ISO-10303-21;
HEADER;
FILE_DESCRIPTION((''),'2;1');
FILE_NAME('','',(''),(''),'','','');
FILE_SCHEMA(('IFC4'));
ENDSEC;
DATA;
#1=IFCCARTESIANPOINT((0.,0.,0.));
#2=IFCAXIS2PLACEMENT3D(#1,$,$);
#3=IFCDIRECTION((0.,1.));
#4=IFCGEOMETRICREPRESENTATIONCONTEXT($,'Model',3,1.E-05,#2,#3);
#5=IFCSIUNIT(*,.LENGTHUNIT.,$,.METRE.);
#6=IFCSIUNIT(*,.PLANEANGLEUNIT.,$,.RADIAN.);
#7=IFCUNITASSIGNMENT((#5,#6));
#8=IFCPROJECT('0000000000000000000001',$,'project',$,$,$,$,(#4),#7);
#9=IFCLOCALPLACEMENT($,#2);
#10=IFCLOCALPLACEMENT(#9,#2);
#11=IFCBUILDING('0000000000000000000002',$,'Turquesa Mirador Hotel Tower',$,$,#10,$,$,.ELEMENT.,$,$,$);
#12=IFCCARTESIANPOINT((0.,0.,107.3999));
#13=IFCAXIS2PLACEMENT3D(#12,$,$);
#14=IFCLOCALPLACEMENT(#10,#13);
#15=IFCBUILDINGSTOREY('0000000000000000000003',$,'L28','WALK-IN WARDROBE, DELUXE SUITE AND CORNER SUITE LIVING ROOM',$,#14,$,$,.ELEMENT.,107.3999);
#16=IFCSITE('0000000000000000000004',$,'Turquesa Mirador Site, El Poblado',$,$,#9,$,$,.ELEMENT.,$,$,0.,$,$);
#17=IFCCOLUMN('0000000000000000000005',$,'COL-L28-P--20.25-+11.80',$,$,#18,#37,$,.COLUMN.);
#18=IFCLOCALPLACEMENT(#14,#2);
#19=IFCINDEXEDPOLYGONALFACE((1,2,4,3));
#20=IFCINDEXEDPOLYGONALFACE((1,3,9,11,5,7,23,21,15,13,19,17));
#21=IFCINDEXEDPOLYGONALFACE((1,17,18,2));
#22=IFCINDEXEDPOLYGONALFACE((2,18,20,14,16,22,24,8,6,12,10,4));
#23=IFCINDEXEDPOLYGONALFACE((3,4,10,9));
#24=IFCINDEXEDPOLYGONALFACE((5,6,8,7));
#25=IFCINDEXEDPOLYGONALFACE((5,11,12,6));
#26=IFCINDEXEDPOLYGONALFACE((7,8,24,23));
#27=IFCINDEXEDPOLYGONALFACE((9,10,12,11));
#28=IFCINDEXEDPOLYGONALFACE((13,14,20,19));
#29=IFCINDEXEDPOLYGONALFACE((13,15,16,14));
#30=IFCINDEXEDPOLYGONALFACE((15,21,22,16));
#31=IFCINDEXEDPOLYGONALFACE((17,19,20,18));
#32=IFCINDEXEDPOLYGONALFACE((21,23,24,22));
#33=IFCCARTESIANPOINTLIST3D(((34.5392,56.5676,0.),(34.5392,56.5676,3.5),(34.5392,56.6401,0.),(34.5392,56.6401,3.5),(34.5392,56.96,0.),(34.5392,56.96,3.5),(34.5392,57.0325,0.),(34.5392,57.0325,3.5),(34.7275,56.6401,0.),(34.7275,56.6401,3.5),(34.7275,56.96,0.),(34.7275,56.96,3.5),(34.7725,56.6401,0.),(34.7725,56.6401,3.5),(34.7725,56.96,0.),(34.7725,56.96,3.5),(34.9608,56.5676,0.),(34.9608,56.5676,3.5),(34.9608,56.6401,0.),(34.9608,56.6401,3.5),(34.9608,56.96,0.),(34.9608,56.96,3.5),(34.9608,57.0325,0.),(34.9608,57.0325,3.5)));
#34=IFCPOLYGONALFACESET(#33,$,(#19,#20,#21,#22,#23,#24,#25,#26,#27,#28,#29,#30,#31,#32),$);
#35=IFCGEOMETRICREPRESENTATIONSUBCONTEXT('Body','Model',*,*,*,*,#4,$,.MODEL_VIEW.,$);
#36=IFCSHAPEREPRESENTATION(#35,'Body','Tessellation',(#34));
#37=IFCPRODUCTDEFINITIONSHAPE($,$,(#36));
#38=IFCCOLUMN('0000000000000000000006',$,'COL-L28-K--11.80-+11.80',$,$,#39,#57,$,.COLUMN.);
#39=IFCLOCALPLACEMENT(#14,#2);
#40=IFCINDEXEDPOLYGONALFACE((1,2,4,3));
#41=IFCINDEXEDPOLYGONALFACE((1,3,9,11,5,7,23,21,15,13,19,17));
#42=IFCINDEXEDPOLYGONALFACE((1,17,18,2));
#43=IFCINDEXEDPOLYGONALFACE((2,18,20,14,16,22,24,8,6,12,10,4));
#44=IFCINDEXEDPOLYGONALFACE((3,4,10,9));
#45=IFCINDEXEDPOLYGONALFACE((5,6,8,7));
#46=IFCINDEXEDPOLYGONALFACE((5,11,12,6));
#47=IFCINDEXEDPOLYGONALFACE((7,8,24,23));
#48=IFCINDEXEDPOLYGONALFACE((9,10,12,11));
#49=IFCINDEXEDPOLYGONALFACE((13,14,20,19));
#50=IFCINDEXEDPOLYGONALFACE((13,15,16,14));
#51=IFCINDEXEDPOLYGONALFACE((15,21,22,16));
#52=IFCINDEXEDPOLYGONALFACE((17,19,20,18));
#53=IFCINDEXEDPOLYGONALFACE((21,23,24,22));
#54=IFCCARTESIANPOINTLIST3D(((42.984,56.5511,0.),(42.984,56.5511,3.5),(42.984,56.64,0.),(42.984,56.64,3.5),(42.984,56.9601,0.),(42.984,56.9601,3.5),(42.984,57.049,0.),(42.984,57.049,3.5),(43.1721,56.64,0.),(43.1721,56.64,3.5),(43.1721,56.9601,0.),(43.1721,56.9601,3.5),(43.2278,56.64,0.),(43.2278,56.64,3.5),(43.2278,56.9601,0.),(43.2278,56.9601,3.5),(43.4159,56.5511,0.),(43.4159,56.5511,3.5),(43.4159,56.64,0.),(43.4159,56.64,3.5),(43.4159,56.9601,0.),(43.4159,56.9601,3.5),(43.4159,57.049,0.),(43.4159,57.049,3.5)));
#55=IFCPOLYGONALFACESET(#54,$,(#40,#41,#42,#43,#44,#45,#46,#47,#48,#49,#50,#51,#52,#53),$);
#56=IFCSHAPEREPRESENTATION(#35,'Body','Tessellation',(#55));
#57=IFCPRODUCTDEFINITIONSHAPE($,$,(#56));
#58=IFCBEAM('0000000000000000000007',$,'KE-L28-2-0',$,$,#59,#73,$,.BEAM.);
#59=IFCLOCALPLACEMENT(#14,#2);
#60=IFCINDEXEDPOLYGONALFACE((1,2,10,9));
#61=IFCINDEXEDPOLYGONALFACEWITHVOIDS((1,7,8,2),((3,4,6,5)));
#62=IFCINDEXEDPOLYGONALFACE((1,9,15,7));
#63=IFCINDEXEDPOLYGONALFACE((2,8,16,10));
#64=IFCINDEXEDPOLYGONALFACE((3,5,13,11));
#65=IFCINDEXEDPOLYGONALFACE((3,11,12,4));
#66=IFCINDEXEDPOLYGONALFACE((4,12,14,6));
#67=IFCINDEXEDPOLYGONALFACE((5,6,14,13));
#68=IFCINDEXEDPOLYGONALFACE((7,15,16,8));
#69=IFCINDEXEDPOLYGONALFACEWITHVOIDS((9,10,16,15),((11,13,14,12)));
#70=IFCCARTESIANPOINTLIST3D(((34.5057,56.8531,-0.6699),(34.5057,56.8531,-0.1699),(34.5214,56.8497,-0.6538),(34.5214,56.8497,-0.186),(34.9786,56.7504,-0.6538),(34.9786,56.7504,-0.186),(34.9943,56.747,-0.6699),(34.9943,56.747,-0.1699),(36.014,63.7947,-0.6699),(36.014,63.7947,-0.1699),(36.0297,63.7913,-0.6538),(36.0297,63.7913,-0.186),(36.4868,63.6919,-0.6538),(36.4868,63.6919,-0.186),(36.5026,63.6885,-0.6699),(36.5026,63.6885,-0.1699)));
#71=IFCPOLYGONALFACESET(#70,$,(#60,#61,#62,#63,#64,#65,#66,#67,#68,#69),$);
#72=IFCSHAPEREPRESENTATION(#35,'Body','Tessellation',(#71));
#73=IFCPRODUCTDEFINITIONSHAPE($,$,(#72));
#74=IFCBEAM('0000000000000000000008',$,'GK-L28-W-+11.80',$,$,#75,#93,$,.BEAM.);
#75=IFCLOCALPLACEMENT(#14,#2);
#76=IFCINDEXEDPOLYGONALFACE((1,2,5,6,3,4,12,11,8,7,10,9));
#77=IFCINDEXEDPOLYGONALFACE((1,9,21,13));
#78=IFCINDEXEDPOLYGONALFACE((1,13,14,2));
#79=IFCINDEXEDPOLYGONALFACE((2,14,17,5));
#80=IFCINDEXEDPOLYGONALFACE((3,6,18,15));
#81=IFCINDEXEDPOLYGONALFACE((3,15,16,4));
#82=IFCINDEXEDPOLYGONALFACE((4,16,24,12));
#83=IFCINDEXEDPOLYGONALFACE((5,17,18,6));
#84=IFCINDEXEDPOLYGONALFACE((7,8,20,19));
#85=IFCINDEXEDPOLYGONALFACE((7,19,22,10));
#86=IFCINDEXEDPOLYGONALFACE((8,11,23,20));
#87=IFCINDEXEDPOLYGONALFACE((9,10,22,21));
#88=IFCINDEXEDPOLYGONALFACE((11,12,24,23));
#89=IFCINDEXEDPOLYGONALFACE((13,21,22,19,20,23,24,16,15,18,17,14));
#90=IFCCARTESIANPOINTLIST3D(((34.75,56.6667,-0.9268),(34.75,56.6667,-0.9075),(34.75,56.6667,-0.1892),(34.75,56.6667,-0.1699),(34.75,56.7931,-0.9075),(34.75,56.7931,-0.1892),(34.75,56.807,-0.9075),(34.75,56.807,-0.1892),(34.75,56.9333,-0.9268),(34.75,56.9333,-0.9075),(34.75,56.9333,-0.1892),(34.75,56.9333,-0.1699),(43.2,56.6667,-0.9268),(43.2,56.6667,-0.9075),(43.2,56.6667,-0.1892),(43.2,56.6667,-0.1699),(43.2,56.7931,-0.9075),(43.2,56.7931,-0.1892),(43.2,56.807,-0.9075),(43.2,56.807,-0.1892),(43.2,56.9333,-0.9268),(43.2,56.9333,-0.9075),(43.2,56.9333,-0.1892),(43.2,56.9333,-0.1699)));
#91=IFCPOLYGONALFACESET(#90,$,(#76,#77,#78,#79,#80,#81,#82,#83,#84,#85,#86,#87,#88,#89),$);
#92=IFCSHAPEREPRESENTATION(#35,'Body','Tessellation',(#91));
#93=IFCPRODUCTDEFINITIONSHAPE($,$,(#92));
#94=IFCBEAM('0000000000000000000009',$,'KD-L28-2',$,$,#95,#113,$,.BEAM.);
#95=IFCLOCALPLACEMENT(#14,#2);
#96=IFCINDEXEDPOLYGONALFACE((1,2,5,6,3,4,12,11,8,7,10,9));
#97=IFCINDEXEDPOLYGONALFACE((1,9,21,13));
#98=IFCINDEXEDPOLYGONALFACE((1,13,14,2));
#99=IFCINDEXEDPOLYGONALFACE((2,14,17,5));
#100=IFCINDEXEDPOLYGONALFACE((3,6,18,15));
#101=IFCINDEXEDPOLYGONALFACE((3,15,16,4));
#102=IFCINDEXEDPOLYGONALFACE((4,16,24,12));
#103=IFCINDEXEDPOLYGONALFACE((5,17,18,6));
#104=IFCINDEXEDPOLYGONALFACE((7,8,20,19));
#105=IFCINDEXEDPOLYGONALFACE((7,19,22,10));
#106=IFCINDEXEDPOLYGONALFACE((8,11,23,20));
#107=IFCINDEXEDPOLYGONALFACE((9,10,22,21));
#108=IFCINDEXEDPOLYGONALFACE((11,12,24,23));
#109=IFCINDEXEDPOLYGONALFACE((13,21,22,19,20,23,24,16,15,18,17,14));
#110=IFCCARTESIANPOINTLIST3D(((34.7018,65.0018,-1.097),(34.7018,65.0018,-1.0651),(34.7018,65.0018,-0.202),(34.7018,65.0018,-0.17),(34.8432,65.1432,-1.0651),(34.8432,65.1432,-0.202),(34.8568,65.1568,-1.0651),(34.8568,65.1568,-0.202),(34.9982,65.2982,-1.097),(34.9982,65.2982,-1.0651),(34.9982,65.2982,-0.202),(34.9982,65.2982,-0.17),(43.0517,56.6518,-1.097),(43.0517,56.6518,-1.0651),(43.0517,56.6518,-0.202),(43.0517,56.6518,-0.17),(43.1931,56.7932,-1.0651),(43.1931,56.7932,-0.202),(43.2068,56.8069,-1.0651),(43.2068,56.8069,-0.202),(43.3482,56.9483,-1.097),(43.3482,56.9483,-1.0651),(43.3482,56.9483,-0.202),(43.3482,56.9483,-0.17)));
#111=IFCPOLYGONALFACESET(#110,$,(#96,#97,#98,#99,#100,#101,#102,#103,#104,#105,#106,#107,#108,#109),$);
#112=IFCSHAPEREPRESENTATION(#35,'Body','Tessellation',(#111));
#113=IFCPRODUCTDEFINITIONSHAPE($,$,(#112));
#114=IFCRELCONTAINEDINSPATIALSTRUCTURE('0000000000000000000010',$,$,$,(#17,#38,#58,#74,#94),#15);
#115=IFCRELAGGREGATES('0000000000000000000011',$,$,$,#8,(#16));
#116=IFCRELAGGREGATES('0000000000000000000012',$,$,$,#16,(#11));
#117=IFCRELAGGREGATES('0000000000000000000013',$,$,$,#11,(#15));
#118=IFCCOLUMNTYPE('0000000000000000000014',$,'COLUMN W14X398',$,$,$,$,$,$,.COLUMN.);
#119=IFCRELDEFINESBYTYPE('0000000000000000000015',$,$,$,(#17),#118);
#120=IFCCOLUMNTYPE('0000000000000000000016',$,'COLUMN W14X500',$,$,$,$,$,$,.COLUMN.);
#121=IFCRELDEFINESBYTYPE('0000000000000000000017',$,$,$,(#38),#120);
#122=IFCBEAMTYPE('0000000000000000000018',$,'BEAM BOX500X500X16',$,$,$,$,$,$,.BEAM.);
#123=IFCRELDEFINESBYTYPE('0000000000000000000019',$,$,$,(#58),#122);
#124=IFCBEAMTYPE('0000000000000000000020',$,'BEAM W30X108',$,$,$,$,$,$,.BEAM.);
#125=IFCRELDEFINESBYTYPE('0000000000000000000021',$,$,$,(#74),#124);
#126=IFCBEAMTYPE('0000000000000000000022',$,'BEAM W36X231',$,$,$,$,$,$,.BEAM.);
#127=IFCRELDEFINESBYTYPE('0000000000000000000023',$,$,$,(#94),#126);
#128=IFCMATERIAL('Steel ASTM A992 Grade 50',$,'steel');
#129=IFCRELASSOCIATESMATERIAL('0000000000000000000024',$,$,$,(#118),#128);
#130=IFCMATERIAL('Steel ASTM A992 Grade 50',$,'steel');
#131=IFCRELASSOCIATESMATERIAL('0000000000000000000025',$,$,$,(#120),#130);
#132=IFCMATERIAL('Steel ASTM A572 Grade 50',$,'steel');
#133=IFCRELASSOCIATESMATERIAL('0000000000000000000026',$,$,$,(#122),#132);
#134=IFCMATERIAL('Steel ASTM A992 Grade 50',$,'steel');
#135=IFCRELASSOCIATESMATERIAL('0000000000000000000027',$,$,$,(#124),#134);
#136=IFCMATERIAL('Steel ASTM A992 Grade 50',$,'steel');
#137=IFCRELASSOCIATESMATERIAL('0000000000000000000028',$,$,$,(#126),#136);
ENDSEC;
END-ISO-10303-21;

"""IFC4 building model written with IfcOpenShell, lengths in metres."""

from ifc_helpers import new_model, si_unit, direction, frame, origin, origin_2d, place, context, subcontext, project, spatial, hollow_rectangle, i_section, extrude, material, material_profile, profile_set, type_object, element, save


model = new_model("IFC4")

# Units and contexts
model_context = context("Model", 3, precision=1e-05, world=origin(), true_north=direction((0.0, 1.0)))
body_context = subcontext(model_context, "Body", "Model", "MODEL_VIEW")
ifc_project = project(units=[si_unit("LENGTHUNIT", "METRE"), si_unit("PLANEANGLEUNIT", "RADIAN")], contexts=[model_context])

# Site, building, storey
site_placement = place(None, origin())
site = spatial("IfcSite", under=ifc_project, at=site_placement, Name="Turquesa Mirador Site, El Poblado", CompositionType="ELEMENT", RefElevation=0.0)
building_placement = place(site_placement, origin())
building = spatial("IfcBuilding", under=site, at=building_placement, Name="Turquesa Mirador Hotel Tower", CompositionType="ELEMENT")
storey_placement = place(building_placement, frame((0.0, 0.0, 107.3999)))
storey = spatial("IfcBuildingStorey", under=building, at=storey_placement, Name="L28", Description="WALK-IN WARDROBE, DELUXE SUITE AND CORNER SUITE LIVING ROOM", CompositionType="ELEMENT", Elevation=107.3999)

# Columns
ifc_material_1 = material(Name="Steel ASTM A992 Grade 50", Category="steel")
ifc_material_profile_1 = material_profile(ifc_material_1, i_section(OverallWidth=0.4216, OverallDepth=0.4648, WebThickness=0.0449, FlangeThickness=0.0725, at=origin_2d()), Name="W14X398")
ifc_profile_set_1 = profile_set([ifc_material_profile_1], Name="Steel ASTM A992 Grade 50")
column_type_1 = type_object("IfcColumnType", Name="COLUMN W14X398", PredefinedType="COLUMN", material=ifc_profile_set_1)
column_1_placement = place(storey_placement, frame((34.75, 56.8, 0.0), z_axis=(0.0, 0.0, 1.0), x_axis=(1.0, 0.0, 0.0)))
element("IfcColumn", 1, at=column_1_placement, inside=storey, type_object=column_type_1, Name="COL-L28-P--20.25-+11.80", PredefinedType="COLUMN", context=body_context, shape_type="SweptSolid", body=[
    extrude(i_section(OverallWidth=0.4216, OverallDepth=0.4648, WebThickness=0.0449, FlangeThickness=0.0725, at=origin_2d()), origin(), (0.0, 0.0, 1.0), 3.5),
])
ifc_material_2 = material(Name="Steel ASTM A992 Grade 50", Category="steel")
ifc_material_profile_2 = material_profile(ifc_material_2, i_section(OverallWidth=0.4319, OverallDepth=0.4978, WebThickness=0.0557, FlangeThickness=0.0889, at=origin_2d()), Name="W14X500")
ifc_profile_set_2 = profile_set([ifc_material_profile_2], Name="Steel ASTM A992 Grade 50")
column_type_2 = type_object("IfcColumnType", Name="COLUMN W14X500", PredefinedType="COLUMN", material=ifc_profile_set_2)
column_2_placement = place(storey_placement, frame((43.2, 56.8, 0.0), z_axis=(0.0, 0.0, 1.0), x_axis=(1.0, 0.0, 0.0)))
element("IfcColumn", 2, at=column_2_placement, inside=storey, type_object=column_type_2, Name="COL-L28-K--11.80-+11.80", PredefinedType="COLUMN", context=body_context, shape_type="SweptSolid", body=[
    extrude(i_section(OverallWidth=0.4319, OverallDepth=0.4978, WebThickness=0.0557, FlangeThickness=0.0889, at=origin_2d()), origin(), (0.0, 0.0, 1.0), 3.5),
])

# Beams
ifc_material_3 = material(Name="Steel ASTM A572 Grade 50", Category="steel")
ifc_material_profile_3 = material_profile(ifc_material_3, hollow_rectangle(XDim=0.5, YDim=0.5, WallThickness=0.0161, at=origin_2d()), Name="BOX500X500X16")
ifc_profile_set_3 = profile_set([ifc_material_profile_3], Name="Steel ASTM A572 Grade 50")
beam_type_1 = type_object("IfcBeamType", Name="BEAM BOX500X500X16", PredefinedType="BEAM", material=ifc_profile_set_3)
beam_1_placement = place(storey_placement, frame((34.75, 56.8, -0.4199), z_axis=(0.212328, 0.977198, 0.0), x_axis=(-0.977198, 0.212328, 0.0)))
element("IfcBeam", 3, at=beam_1_placement, inside=storey, type_object=beam_type_1, Name="KE-L28-2-0", PredefinedType="BEAM", context=body_context, shape_type="SweptSolid", body=[
    extrude(hollow_rectangle(XDim=0.5, YDim=0.5, WallThickness=0.0161, at=origin_2d()), origin(), (0.0, 0.0, 1.0), 7.1035),
])
ifc_material_4 = material(Name="Steel ASTM A992 Grade 50", Category="steel")
ifc_material_profile_4 = material_profile(ifc_material_4, i_section(OverallWidth=0.2666, OverallDepth=0.7568, WebThickness=0.0139, FlangeThickness=0.0193, at=origin_2d()), Name="W30X108")
ifc_profile_set_4 = profile_set([ifc_material_profile_4], Name="Steel ASTM A992 Grade 50")
beam_type_2 = type_object("IfcBeamType", Name="BEAM W30X108", PredefinedType="BEAM", material=ifc_profile_set_4)
beam_2_placement = place(storey_placement, frame((34.75, 56.8, -0.5483), z_axis=(1.0, 0.0, 0.0), x_axis=(0.0, 1.0, 0.0)))
element("IfcBeam", 4, at=beam_2_placement, inside=storey, type_object=beam_type_2, Name="GK-L28-W-+11.80", PredefinedType="BEAM", context=body_context, shape_type="SweptSolid", body=[
    extrude(i_section(OverallWidth=0.2666, OverallDepth=0.7568, WebThickness=0.0139, FlangeThickness=0.0193, at=origin_2d()), origin(), (0.0, 0.0, 1.0), 8.45),
])
ifc_material_5 = material(Name="Steel ASTM A992 Grade 50", Category="steel")
ifc_material_profile_5 = material_profile(ifc_material_5, i_section(OverallWidth=0.4192, OverallDepth=0.927, WebThickness=0.0193, FlangeThickness=0.032, at=origin_2d()), Name="W36X231")
ifc_profile_set_5 = profile_set([ifc_material_profile_5], Name="Steel ASTM A992 Grade 50")
beam_type_3 = type_object("IfcBeamType", Name="BEAM W36X231", PredefinedType="BEAM", material=ifc_profile_set_5)
beam_3_placement = place(storey_placement, frame((43.2, 56.8, -0.6335), z_axis=(-0.707107, 0.707107, 0.0), x_axis=(-0.707107, -0.707107, 0.0)))
element("IfcBeam", 5, at=beam_3_placement, inside=storey, type_object=beam_type_3, Name="KD-L28-2", PredefinedType="BEAM", context=body_context, shape_type="SweptSolid", body=[
    extrude(i_section(OverallWidth=0.4192, OverallDepth=0.927, WebThickness=0.0193, FlangeThickness=0.032, at=origin_2d()), origin(), (0.0, 0.0, 1.0), 11.8086),
])

save(model, "model.ifc")
